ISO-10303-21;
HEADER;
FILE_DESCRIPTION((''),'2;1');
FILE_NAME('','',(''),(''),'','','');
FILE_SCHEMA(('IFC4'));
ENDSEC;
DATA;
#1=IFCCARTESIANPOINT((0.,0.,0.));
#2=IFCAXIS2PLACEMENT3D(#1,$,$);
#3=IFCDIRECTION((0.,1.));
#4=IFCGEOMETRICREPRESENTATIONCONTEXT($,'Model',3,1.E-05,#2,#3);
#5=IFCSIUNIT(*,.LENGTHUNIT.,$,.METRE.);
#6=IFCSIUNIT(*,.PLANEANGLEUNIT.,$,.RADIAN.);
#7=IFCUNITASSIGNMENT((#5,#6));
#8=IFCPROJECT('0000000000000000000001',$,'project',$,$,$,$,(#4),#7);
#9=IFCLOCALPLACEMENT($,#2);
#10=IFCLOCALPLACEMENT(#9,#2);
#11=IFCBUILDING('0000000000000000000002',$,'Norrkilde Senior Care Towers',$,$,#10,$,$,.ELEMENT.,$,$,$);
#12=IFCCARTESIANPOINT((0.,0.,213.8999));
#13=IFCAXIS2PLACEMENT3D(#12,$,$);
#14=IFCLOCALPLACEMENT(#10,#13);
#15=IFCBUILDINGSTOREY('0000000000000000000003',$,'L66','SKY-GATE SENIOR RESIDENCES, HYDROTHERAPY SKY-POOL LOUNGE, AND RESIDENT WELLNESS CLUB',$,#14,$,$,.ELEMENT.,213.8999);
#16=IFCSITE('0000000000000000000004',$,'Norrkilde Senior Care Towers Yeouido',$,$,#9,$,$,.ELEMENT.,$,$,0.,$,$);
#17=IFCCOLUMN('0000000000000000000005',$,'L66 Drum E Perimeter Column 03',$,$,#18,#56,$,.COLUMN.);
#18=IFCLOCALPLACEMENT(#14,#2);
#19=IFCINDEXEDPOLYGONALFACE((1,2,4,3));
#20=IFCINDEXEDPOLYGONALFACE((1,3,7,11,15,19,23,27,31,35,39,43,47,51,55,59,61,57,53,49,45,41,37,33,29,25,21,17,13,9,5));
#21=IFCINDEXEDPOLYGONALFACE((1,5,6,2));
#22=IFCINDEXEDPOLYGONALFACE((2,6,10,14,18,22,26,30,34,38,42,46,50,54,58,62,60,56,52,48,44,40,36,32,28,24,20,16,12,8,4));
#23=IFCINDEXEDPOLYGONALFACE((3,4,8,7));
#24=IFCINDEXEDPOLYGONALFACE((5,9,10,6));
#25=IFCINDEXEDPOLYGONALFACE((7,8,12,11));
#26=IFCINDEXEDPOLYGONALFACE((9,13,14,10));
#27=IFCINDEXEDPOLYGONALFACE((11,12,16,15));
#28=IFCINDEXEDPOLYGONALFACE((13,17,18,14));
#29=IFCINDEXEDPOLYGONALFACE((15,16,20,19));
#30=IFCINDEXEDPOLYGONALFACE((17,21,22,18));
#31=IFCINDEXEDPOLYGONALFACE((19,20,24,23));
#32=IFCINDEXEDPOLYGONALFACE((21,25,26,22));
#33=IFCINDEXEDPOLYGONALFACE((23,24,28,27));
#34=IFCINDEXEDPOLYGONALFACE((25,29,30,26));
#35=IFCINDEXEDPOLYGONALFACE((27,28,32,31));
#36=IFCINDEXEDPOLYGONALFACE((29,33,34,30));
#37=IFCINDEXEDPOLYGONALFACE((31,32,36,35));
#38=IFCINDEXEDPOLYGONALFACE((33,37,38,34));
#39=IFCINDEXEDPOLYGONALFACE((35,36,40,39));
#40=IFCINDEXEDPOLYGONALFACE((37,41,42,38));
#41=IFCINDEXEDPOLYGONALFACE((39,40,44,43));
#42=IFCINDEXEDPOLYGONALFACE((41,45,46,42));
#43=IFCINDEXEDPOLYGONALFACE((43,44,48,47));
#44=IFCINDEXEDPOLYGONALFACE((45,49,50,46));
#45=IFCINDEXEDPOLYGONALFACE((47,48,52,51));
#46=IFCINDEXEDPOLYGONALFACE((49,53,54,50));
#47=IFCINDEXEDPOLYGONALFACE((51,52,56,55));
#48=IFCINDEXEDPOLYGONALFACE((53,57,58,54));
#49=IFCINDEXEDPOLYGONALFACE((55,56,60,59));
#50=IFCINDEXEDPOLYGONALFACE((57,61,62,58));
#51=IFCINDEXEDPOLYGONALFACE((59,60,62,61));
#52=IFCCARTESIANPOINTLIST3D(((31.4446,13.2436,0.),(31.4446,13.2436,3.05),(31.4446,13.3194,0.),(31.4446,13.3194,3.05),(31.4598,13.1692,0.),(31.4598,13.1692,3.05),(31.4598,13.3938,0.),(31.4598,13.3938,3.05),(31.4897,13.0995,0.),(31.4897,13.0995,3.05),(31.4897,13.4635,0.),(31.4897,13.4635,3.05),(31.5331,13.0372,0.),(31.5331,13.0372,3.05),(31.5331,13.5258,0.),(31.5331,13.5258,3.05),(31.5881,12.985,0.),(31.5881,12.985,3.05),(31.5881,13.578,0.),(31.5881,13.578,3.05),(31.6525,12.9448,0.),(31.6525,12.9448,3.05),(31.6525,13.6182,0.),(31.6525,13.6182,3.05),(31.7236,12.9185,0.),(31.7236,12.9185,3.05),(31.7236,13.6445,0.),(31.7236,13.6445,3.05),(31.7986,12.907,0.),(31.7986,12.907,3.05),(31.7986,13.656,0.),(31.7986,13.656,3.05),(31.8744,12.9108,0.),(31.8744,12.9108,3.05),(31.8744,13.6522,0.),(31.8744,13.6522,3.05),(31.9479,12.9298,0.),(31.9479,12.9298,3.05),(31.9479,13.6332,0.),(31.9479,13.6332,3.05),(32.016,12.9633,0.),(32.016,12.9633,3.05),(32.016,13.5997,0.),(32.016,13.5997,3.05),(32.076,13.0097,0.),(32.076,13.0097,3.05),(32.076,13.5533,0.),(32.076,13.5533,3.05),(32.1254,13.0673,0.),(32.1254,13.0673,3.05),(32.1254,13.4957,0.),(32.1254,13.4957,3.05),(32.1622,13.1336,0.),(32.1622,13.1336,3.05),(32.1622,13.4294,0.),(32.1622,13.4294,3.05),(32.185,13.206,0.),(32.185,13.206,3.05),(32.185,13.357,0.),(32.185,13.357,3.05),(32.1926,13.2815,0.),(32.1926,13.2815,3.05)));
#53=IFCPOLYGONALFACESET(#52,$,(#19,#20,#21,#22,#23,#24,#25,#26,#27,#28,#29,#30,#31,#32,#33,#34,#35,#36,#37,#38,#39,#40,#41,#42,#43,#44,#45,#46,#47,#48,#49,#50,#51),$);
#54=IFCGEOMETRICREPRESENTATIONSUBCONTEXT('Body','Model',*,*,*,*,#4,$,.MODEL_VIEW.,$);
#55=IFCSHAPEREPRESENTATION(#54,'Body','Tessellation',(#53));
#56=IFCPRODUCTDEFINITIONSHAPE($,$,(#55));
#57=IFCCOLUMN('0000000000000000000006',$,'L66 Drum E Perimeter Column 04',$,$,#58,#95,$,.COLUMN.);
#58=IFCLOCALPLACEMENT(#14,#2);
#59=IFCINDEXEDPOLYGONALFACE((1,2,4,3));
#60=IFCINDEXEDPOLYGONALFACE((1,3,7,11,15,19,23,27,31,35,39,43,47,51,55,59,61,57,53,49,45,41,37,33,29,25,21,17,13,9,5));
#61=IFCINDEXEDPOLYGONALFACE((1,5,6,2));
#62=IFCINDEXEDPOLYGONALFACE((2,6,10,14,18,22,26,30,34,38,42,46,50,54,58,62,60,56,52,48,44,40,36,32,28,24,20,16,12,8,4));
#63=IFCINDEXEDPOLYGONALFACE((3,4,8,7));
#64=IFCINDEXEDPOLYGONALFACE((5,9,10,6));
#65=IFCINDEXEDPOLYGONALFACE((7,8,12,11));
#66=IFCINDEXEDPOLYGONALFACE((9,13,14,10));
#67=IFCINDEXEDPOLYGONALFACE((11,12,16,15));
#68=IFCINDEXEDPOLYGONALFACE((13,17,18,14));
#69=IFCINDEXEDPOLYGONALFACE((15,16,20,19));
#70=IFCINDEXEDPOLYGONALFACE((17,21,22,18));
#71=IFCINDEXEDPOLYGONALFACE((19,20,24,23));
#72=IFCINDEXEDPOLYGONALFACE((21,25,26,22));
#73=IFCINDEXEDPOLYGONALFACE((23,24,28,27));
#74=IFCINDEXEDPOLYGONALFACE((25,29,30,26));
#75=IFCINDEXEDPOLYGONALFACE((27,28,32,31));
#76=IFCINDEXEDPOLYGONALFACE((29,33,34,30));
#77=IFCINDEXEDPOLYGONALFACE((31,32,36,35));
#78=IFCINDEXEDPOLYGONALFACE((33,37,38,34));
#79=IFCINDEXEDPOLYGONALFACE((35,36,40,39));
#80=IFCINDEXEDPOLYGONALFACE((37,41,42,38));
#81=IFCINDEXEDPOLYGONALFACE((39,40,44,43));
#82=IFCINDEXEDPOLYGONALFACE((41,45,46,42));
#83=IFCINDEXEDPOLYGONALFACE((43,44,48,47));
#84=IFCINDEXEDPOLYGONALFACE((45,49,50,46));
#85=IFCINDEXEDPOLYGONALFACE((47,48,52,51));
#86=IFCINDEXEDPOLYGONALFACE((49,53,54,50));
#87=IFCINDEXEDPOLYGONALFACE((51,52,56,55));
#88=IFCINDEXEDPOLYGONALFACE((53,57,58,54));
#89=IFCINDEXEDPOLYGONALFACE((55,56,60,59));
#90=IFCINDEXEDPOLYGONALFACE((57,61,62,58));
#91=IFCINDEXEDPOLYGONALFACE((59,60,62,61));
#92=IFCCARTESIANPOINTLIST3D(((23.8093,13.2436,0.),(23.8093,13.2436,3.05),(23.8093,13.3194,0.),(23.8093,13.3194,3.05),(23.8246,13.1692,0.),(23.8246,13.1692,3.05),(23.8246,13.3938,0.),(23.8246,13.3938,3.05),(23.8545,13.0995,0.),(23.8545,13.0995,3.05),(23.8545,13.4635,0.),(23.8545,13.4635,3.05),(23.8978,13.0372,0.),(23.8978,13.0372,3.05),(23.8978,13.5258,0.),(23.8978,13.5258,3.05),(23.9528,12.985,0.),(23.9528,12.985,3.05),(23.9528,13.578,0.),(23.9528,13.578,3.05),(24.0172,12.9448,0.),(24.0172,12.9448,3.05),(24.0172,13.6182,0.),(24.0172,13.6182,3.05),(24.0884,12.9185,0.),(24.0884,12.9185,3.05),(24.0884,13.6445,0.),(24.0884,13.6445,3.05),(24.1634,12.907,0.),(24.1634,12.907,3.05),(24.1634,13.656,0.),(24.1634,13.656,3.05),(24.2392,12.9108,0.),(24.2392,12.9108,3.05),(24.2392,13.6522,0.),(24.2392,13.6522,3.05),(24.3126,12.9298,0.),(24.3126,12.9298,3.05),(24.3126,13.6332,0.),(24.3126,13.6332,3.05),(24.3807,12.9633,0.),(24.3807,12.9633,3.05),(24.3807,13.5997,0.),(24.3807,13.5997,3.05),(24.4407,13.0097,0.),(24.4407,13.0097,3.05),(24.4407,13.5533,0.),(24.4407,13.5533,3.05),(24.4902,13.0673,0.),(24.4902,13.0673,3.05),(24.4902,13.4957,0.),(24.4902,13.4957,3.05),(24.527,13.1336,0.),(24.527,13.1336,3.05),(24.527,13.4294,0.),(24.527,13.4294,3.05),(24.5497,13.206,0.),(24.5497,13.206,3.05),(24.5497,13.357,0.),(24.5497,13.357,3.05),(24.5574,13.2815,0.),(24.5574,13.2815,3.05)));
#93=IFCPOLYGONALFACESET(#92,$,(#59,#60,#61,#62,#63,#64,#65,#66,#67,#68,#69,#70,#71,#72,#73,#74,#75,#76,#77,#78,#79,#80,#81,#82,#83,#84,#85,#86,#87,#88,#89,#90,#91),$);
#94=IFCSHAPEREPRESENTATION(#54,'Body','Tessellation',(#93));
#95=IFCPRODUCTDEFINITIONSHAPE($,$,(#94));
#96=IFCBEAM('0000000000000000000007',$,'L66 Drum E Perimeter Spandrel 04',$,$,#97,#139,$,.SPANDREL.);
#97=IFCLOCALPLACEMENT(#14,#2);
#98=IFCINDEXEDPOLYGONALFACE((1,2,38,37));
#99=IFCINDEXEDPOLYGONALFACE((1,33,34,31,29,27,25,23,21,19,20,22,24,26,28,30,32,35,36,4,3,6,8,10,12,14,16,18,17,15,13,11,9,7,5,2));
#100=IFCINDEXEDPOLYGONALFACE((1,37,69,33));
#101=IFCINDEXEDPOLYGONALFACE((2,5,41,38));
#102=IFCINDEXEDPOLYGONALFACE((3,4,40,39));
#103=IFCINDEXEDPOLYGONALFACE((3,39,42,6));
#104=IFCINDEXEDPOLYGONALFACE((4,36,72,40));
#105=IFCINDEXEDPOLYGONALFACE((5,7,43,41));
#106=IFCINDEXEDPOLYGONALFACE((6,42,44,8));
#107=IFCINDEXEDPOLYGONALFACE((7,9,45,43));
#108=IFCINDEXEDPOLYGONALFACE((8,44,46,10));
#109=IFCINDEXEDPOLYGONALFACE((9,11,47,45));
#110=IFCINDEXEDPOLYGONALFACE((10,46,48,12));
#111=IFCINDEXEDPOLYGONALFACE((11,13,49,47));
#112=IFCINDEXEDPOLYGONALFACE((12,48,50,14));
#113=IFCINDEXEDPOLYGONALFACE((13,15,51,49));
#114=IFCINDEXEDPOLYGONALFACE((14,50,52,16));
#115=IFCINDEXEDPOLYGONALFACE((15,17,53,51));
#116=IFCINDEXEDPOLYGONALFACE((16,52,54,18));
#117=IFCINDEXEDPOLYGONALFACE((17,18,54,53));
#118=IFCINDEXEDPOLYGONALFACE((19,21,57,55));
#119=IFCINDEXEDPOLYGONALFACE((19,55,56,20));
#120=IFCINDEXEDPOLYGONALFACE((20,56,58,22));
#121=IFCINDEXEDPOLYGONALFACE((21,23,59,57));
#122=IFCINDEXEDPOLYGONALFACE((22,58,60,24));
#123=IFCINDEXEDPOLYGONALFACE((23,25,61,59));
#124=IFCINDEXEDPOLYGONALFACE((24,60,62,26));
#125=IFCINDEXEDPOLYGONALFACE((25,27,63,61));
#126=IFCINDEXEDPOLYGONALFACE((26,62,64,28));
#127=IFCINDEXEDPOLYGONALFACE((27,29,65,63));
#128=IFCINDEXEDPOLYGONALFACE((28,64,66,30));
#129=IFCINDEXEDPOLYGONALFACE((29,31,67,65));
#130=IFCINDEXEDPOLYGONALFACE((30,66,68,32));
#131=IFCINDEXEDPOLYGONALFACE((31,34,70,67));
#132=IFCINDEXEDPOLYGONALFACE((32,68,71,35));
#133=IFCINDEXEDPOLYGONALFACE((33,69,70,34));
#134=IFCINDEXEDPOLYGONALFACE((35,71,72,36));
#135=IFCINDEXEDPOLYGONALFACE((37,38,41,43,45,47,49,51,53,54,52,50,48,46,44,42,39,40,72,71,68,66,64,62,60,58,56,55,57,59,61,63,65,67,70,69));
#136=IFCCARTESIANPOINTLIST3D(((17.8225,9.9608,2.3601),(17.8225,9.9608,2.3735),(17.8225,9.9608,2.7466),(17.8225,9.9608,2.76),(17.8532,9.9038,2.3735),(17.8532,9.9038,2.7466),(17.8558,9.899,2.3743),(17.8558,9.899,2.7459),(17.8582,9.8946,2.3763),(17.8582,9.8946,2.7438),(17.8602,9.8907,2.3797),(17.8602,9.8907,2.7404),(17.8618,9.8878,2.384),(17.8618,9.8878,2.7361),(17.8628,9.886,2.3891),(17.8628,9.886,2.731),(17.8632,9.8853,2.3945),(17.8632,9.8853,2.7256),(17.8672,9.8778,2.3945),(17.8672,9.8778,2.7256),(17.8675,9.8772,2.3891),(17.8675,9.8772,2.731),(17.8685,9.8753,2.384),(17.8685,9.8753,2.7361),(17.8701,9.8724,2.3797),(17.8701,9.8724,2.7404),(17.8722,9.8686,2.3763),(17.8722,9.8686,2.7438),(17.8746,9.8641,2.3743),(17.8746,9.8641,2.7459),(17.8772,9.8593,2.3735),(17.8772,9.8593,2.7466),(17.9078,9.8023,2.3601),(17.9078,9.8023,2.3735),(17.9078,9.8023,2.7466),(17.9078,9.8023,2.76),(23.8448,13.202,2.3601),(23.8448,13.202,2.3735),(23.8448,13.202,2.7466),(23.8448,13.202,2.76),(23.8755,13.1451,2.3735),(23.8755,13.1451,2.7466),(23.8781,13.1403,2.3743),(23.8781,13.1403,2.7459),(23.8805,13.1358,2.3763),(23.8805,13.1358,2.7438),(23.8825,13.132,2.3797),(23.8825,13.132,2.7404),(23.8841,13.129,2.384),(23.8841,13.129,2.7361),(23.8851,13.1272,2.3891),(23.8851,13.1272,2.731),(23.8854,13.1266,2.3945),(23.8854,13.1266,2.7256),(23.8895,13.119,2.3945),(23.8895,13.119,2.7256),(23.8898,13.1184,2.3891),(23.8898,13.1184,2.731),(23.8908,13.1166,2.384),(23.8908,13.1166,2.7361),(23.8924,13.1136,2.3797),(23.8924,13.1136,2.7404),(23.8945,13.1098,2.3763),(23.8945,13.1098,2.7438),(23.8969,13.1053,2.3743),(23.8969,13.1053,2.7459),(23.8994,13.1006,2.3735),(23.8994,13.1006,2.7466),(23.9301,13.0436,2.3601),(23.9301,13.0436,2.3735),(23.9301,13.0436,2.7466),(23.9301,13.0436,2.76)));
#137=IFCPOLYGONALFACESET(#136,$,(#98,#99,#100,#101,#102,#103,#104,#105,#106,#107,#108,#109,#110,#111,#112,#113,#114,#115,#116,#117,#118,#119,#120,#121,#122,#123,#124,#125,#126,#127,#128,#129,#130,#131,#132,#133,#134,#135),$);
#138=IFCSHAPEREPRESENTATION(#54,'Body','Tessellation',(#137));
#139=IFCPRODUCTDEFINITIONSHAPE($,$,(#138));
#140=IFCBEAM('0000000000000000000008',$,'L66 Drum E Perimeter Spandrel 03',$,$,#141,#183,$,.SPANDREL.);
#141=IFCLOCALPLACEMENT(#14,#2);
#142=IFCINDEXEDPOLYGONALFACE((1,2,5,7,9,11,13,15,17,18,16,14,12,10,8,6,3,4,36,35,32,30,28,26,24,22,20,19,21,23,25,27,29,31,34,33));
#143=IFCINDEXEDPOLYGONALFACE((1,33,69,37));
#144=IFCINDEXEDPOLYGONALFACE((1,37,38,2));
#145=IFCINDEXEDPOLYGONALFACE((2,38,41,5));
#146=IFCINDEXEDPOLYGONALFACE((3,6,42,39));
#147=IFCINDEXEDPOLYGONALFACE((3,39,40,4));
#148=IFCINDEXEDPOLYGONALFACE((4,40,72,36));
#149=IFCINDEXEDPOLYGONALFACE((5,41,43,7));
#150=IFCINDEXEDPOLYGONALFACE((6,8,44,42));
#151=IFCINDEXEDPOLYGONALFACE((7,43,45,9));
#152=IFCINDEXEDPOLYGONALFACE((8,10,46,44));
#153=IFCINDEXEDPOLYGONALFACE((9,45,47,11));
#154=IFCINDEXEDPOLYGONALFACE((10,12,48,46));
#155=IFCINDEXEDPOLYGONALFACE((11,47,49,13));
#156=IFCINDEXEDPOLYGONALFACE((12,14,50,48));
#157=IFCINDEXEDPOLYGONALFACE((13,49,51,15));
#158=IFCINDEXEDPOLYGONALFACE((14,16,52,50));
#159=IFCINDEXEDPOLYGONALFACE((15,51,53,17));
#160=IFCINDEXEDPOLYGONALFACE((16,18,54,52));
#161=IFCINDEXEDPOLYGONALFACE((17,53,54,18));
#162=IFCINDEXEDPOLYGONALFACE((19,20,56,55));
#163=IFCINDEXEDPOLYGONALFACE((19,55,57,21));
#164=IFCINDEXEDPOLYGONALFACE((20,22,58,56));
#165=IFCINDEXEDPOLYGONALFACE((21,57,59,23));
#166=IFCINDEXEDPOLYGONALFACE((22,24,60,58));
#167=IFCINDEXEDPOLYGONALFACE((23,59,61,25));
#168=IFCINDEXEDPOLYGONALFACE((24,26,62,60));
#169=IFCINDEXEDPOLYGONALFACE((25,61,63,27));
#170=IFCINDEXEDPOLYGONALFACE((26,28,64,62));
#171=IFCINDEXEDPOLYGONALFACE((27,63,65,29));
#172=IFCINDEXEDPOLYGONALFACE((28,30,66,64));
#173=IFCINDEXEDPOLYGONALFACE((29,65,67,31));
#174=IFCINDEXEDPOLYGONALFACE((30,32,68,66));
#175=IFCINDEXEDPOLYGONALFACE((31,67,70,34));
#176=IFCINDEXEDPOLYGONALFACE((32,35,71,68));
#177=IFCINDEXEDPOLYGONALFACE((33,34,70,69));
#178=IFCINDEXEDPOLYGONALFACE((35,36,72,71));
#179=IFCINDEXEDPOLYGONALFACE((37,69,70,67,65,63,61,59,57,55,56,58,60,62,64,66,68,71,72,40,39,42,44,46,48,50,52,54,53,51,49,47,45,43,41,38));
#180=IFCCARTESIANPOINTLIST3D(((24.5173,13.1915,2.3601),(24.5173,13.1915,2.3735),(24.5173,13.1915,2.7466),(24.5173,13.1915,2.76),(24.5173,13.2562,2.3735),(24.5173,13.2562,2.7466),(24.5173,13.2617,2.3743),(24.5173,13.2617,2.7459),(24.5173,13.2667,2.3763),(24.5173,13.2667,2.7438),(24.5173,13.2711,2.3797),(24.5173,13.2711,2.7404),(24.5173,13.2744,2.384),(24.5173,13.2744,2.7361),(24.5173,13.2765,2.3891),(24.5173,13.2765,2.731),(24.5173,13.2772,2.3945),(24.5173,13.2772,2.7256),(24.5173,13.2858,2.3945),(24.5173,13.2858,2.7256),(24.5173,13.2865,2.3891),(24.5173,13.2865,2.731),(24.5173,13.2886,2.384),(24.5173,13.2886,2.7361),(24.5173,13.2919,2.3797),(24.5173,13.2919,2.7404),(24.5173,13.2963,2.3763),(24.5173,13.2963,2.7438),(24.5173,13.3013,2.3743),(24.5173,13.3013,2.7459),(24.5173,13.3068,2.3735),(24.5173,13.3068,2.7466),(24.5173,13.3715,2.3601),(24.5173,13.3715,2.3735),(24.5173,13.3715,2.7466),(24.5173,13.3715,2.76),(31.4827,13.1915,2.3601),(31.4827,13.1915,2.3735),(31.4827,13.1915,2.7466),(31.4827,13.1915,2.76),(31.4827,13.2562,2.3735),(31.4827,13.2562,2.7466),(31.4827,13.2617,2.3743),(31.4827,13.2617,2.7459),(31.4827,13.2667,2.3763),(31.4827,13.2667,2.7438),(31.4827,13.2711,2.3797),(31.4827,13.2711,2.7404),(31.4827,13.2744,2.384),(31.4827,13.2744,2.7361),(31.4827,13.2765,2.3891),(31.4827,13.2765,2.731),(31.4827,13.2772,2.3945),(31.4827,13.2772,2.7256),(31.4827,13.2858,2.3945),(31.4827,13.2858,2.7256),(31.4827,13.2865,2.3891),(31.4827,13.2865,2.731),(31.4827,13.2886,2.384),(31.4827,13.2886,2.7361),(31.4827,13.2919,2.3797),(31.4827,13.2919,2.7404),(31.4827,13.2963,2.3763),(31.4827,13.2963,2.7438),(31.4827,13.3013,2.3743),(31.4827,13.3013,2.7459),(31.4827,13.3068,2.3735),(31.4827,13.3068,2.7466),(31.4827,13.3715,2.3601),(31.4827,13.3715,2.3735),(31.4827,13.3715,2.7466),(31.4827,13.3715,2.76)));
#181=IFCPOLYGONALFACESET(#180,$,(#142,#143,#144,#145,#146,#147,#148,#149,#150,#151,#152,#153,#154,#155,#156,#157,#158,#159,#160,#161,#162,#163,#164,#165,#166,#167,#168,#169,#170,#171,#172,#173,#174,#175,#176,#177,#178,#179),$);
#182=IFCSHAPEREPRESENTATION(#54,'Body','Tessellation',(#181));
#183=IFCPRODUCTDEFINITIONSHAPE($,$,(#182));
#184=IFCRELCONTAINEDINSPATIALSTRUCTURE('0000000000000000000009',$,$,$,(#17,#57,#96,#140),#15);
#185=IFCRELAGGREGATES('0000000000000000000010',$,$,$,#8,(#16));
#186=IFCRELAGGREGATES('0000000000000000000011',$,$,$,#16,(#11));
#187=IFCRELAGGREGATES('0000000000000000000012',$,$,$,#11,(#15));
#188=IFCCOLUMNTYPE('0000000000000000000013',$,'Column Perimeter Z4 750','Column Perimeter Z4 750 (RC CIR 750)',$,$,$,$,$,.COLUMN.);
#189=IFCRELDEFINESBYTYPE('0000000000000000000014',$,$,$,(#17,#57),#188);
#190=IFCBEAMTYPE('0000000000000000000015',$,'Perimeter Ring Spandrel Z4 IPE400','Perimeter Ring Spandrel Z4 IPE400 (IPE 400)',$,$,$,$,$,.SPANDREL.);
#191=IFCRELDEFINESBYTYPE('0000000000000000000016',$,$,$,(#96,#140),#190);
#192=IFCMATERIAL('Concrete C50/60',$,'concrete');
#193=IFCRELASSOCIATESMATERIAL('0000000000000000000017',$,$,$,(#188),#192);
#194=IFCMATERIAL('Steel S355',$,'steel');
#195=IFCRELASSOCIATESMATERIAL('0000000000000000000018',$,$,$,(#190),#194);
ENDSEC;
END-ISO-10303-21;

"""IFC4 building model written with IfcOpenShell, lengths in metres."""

from ifc_helpers import new_model, si_unit, direction, frame, origin, origin_2d, place, context, subcontext, project, spatial, circle, i_section, extrude, source, transform, mapped, material, material_profile, profile_set, type_object, type_shapes, element, save


model = new_model("IFC4")

# Units and contexts
model_context = context("Model", 3, precision=1e-05, world=origin(), true_north=direction((0.0, 1.0)))
body_context = subcontext(model_context, "Body", "Model", "MODEL_VIEW")
ifc_project = project(units=[si_unit("LENGTHUNIT", "METRE"), si_unit("PLANEANGLEUNIT", "RADIAN")], contexts=[model_context])

# Site, building, storey
site_placement = place(None, origin())
site = spatial("IfcSite", under=ifc_project, at=site_placement, Name="Norrkilde Senior Care Towers Yeouido", CompositionType="ELEMENT", RefElevation=0.0)
building_placement = place(site_placement, origin())
building = spatial("IfcBuilding", under=site, at=building_placement, Name="Norrkilde Senior Care Towers", CompositionType="ELEMENT")
storey_placement = place(building_placement, frame((0.0, 0.0, 213.8999)))
storey = spatial("IfcBuildingStorey", under=building, at=storey_placement, Name="L66", Description="SKY-GATE SENIOR RESIDENCES, HYDROTHERAPY SKY-POOL LOUNGE, AND RESIDENT WELLNESS CLUB", CompositionType="ELEMENT", Elevation=213.8999)

# Columns
ifc_material_1 = material(Name="Concrete C50/60", Category="concrete")
ifc_material_profile_1 = material_profile(ifc_material_1, circle(Radius=0.375, at=origin_2d()), Name="RC CIR 750")
ifc_profile_set_1 = profile_set([ifc_material_profile_1], Name="Concrete C50/60")
column_type = type_object("IfcColumnType", Name="Column Perimeter Z4 750", Description="Column Perimeter Z4 750 (RC CIR 750)", PredefinedType="COLUMN", material=ifc_profile_set_1)
shared_shape_1 = source(origin(), body_context, "Body", "SweptSolid", [
    extrude(circle(Radius=0.375, at=origin_2d()), origin(), (0.0, 0.0, 1.0), 3.05),
])
type_shapes(column_type, [shared_shape_1])
for number, where, z_axis, x_axis, name in (
    (1, (31.8176, 13.2815, 0.0), (0.0, 0.0, 1.0), (1.0, 0.0, 0.0), "L66 Drum E Perimeter Column 03"),
    (2, (24.1824, 13.2815, 0.0), (0.0, 0.0, 1.0), (1.0, 0.0, 0.0), "L66 Drum E Perimeter Column 04"),
):
    element("IfcColumn", number, at=place(storey_placement, frame(where, z_axis=z_axis, x_axis=x_axis)), inside=storey, type_object=column_type, Name=name, PredefinedType="COLUMN", context=body_context, shape_type="MappedRepresentation", body=[
        mapped(shared_shape_1, transform((0.0, 0.0, 0.0), x_axis=(1.0, 0.0, 0.0), y_axis=(0.0, 1.0, 0.0), z_axis=(0.0, 0.0, 1.0), scale=1.0)),
    ])

# Beams
ifc_material_2 = material(Name="Steel S355", Category="steel")
ifc_material_profile_2 = material_profile(ifc_material_2, i_section(OverallWidth=0.1799, OverallDepth=0.3999, WebThickness=0.0085, FlangeThickness=0.0134, FilletRadius=0.021, at=origin_2d()), Name="IPE 400")
ifc_profile_set_2 = profile_set([ifc_material_profile_2], Name="Steel S355")
beam_type_1 = type_object("IfcBeamType", Name="Perimeter Ring Spandrel Z4 IPE400", Description="Perimeter Ring Spandrel Z4 IPE400 (IPE 400)", PredefinedType="SPANDREL", material=ifc_profile_set_2)
shared_shape_2 = source(origin(), body_context, "Body", "SweptSolid", [
    extrude(i_section(OverallWidth=0.1799, OverallDepth=0.3999, WebThickness=0.0085, FlangeThickness=0.0134, FilletRadius=0.021, at=origin_2d()), origin(), (0.0, 0.0, 1.0), 6.8391),
])
beam_1_placement = place(storey_placement, frame((23.8875, 13.1228, 2.5601), z_axis=(-0.880564, -0.473927, 0.0), x_axis=(0.473927, -0.880564, 0.0)))
element("IfcBeam", 3, at=beam_1_placement, inside=storey, type_object=beam_type_1, Name="L66 Drum E Perimeter Spandrel 04", PredefinedType="SPANDREL", context=body_context, shape_type="MappedRepresentation", body=[
    mapped(shared_shape_2, transform((0.0, 0.0, 0.0), x_axis=(1.0, 0.0, 0.0), y_axis=(0.0, 1.0, 0.0), z_axis=(0.0, 0.0, 1.0), scale=1.0)),
])
shared_shape_3 = source(origin(), body_context, "Body", "SweptSolid", [
    extrude(i_section(OverallWidth=0.1799, OverallDepth=0.3999, WebThickness=0.0085, FlangeThickness=0.0134, FilletRadius=0.021, at=origin_2d()), origin(), (0.0, 0.0, 1.0), 6.9653),
])
type_shapes(beam_type_1, [shared_shape_2, shared_shape_3])
beam_2_placement = place(storey_placement, frame((31.4827, 13.2815, 2.5601), z_axis=(-1.0, 0.0, 0.0), x_axis=(0.0, -1.0, 0.0)))
element("IfcBeam", 4, at=beam_2_placement, inside=storey, type_object=beam_type_1, Name="L66 Drum E Perimeter Spandrel 03", PredefinedType="SPANDREL", context=body_context, shape_type="MappedRepresentation", body=[
    mapped(shared_shape_3, transform((0.0, 0.0, 0.0), x_axis=(1.0, 0.0, 0.0), y_axis=(0.0, 1.0, 0.0), z_axis=(0.0, 0.0, 1.0), scale=1.0)),
])

save(model, "model.ifc")
